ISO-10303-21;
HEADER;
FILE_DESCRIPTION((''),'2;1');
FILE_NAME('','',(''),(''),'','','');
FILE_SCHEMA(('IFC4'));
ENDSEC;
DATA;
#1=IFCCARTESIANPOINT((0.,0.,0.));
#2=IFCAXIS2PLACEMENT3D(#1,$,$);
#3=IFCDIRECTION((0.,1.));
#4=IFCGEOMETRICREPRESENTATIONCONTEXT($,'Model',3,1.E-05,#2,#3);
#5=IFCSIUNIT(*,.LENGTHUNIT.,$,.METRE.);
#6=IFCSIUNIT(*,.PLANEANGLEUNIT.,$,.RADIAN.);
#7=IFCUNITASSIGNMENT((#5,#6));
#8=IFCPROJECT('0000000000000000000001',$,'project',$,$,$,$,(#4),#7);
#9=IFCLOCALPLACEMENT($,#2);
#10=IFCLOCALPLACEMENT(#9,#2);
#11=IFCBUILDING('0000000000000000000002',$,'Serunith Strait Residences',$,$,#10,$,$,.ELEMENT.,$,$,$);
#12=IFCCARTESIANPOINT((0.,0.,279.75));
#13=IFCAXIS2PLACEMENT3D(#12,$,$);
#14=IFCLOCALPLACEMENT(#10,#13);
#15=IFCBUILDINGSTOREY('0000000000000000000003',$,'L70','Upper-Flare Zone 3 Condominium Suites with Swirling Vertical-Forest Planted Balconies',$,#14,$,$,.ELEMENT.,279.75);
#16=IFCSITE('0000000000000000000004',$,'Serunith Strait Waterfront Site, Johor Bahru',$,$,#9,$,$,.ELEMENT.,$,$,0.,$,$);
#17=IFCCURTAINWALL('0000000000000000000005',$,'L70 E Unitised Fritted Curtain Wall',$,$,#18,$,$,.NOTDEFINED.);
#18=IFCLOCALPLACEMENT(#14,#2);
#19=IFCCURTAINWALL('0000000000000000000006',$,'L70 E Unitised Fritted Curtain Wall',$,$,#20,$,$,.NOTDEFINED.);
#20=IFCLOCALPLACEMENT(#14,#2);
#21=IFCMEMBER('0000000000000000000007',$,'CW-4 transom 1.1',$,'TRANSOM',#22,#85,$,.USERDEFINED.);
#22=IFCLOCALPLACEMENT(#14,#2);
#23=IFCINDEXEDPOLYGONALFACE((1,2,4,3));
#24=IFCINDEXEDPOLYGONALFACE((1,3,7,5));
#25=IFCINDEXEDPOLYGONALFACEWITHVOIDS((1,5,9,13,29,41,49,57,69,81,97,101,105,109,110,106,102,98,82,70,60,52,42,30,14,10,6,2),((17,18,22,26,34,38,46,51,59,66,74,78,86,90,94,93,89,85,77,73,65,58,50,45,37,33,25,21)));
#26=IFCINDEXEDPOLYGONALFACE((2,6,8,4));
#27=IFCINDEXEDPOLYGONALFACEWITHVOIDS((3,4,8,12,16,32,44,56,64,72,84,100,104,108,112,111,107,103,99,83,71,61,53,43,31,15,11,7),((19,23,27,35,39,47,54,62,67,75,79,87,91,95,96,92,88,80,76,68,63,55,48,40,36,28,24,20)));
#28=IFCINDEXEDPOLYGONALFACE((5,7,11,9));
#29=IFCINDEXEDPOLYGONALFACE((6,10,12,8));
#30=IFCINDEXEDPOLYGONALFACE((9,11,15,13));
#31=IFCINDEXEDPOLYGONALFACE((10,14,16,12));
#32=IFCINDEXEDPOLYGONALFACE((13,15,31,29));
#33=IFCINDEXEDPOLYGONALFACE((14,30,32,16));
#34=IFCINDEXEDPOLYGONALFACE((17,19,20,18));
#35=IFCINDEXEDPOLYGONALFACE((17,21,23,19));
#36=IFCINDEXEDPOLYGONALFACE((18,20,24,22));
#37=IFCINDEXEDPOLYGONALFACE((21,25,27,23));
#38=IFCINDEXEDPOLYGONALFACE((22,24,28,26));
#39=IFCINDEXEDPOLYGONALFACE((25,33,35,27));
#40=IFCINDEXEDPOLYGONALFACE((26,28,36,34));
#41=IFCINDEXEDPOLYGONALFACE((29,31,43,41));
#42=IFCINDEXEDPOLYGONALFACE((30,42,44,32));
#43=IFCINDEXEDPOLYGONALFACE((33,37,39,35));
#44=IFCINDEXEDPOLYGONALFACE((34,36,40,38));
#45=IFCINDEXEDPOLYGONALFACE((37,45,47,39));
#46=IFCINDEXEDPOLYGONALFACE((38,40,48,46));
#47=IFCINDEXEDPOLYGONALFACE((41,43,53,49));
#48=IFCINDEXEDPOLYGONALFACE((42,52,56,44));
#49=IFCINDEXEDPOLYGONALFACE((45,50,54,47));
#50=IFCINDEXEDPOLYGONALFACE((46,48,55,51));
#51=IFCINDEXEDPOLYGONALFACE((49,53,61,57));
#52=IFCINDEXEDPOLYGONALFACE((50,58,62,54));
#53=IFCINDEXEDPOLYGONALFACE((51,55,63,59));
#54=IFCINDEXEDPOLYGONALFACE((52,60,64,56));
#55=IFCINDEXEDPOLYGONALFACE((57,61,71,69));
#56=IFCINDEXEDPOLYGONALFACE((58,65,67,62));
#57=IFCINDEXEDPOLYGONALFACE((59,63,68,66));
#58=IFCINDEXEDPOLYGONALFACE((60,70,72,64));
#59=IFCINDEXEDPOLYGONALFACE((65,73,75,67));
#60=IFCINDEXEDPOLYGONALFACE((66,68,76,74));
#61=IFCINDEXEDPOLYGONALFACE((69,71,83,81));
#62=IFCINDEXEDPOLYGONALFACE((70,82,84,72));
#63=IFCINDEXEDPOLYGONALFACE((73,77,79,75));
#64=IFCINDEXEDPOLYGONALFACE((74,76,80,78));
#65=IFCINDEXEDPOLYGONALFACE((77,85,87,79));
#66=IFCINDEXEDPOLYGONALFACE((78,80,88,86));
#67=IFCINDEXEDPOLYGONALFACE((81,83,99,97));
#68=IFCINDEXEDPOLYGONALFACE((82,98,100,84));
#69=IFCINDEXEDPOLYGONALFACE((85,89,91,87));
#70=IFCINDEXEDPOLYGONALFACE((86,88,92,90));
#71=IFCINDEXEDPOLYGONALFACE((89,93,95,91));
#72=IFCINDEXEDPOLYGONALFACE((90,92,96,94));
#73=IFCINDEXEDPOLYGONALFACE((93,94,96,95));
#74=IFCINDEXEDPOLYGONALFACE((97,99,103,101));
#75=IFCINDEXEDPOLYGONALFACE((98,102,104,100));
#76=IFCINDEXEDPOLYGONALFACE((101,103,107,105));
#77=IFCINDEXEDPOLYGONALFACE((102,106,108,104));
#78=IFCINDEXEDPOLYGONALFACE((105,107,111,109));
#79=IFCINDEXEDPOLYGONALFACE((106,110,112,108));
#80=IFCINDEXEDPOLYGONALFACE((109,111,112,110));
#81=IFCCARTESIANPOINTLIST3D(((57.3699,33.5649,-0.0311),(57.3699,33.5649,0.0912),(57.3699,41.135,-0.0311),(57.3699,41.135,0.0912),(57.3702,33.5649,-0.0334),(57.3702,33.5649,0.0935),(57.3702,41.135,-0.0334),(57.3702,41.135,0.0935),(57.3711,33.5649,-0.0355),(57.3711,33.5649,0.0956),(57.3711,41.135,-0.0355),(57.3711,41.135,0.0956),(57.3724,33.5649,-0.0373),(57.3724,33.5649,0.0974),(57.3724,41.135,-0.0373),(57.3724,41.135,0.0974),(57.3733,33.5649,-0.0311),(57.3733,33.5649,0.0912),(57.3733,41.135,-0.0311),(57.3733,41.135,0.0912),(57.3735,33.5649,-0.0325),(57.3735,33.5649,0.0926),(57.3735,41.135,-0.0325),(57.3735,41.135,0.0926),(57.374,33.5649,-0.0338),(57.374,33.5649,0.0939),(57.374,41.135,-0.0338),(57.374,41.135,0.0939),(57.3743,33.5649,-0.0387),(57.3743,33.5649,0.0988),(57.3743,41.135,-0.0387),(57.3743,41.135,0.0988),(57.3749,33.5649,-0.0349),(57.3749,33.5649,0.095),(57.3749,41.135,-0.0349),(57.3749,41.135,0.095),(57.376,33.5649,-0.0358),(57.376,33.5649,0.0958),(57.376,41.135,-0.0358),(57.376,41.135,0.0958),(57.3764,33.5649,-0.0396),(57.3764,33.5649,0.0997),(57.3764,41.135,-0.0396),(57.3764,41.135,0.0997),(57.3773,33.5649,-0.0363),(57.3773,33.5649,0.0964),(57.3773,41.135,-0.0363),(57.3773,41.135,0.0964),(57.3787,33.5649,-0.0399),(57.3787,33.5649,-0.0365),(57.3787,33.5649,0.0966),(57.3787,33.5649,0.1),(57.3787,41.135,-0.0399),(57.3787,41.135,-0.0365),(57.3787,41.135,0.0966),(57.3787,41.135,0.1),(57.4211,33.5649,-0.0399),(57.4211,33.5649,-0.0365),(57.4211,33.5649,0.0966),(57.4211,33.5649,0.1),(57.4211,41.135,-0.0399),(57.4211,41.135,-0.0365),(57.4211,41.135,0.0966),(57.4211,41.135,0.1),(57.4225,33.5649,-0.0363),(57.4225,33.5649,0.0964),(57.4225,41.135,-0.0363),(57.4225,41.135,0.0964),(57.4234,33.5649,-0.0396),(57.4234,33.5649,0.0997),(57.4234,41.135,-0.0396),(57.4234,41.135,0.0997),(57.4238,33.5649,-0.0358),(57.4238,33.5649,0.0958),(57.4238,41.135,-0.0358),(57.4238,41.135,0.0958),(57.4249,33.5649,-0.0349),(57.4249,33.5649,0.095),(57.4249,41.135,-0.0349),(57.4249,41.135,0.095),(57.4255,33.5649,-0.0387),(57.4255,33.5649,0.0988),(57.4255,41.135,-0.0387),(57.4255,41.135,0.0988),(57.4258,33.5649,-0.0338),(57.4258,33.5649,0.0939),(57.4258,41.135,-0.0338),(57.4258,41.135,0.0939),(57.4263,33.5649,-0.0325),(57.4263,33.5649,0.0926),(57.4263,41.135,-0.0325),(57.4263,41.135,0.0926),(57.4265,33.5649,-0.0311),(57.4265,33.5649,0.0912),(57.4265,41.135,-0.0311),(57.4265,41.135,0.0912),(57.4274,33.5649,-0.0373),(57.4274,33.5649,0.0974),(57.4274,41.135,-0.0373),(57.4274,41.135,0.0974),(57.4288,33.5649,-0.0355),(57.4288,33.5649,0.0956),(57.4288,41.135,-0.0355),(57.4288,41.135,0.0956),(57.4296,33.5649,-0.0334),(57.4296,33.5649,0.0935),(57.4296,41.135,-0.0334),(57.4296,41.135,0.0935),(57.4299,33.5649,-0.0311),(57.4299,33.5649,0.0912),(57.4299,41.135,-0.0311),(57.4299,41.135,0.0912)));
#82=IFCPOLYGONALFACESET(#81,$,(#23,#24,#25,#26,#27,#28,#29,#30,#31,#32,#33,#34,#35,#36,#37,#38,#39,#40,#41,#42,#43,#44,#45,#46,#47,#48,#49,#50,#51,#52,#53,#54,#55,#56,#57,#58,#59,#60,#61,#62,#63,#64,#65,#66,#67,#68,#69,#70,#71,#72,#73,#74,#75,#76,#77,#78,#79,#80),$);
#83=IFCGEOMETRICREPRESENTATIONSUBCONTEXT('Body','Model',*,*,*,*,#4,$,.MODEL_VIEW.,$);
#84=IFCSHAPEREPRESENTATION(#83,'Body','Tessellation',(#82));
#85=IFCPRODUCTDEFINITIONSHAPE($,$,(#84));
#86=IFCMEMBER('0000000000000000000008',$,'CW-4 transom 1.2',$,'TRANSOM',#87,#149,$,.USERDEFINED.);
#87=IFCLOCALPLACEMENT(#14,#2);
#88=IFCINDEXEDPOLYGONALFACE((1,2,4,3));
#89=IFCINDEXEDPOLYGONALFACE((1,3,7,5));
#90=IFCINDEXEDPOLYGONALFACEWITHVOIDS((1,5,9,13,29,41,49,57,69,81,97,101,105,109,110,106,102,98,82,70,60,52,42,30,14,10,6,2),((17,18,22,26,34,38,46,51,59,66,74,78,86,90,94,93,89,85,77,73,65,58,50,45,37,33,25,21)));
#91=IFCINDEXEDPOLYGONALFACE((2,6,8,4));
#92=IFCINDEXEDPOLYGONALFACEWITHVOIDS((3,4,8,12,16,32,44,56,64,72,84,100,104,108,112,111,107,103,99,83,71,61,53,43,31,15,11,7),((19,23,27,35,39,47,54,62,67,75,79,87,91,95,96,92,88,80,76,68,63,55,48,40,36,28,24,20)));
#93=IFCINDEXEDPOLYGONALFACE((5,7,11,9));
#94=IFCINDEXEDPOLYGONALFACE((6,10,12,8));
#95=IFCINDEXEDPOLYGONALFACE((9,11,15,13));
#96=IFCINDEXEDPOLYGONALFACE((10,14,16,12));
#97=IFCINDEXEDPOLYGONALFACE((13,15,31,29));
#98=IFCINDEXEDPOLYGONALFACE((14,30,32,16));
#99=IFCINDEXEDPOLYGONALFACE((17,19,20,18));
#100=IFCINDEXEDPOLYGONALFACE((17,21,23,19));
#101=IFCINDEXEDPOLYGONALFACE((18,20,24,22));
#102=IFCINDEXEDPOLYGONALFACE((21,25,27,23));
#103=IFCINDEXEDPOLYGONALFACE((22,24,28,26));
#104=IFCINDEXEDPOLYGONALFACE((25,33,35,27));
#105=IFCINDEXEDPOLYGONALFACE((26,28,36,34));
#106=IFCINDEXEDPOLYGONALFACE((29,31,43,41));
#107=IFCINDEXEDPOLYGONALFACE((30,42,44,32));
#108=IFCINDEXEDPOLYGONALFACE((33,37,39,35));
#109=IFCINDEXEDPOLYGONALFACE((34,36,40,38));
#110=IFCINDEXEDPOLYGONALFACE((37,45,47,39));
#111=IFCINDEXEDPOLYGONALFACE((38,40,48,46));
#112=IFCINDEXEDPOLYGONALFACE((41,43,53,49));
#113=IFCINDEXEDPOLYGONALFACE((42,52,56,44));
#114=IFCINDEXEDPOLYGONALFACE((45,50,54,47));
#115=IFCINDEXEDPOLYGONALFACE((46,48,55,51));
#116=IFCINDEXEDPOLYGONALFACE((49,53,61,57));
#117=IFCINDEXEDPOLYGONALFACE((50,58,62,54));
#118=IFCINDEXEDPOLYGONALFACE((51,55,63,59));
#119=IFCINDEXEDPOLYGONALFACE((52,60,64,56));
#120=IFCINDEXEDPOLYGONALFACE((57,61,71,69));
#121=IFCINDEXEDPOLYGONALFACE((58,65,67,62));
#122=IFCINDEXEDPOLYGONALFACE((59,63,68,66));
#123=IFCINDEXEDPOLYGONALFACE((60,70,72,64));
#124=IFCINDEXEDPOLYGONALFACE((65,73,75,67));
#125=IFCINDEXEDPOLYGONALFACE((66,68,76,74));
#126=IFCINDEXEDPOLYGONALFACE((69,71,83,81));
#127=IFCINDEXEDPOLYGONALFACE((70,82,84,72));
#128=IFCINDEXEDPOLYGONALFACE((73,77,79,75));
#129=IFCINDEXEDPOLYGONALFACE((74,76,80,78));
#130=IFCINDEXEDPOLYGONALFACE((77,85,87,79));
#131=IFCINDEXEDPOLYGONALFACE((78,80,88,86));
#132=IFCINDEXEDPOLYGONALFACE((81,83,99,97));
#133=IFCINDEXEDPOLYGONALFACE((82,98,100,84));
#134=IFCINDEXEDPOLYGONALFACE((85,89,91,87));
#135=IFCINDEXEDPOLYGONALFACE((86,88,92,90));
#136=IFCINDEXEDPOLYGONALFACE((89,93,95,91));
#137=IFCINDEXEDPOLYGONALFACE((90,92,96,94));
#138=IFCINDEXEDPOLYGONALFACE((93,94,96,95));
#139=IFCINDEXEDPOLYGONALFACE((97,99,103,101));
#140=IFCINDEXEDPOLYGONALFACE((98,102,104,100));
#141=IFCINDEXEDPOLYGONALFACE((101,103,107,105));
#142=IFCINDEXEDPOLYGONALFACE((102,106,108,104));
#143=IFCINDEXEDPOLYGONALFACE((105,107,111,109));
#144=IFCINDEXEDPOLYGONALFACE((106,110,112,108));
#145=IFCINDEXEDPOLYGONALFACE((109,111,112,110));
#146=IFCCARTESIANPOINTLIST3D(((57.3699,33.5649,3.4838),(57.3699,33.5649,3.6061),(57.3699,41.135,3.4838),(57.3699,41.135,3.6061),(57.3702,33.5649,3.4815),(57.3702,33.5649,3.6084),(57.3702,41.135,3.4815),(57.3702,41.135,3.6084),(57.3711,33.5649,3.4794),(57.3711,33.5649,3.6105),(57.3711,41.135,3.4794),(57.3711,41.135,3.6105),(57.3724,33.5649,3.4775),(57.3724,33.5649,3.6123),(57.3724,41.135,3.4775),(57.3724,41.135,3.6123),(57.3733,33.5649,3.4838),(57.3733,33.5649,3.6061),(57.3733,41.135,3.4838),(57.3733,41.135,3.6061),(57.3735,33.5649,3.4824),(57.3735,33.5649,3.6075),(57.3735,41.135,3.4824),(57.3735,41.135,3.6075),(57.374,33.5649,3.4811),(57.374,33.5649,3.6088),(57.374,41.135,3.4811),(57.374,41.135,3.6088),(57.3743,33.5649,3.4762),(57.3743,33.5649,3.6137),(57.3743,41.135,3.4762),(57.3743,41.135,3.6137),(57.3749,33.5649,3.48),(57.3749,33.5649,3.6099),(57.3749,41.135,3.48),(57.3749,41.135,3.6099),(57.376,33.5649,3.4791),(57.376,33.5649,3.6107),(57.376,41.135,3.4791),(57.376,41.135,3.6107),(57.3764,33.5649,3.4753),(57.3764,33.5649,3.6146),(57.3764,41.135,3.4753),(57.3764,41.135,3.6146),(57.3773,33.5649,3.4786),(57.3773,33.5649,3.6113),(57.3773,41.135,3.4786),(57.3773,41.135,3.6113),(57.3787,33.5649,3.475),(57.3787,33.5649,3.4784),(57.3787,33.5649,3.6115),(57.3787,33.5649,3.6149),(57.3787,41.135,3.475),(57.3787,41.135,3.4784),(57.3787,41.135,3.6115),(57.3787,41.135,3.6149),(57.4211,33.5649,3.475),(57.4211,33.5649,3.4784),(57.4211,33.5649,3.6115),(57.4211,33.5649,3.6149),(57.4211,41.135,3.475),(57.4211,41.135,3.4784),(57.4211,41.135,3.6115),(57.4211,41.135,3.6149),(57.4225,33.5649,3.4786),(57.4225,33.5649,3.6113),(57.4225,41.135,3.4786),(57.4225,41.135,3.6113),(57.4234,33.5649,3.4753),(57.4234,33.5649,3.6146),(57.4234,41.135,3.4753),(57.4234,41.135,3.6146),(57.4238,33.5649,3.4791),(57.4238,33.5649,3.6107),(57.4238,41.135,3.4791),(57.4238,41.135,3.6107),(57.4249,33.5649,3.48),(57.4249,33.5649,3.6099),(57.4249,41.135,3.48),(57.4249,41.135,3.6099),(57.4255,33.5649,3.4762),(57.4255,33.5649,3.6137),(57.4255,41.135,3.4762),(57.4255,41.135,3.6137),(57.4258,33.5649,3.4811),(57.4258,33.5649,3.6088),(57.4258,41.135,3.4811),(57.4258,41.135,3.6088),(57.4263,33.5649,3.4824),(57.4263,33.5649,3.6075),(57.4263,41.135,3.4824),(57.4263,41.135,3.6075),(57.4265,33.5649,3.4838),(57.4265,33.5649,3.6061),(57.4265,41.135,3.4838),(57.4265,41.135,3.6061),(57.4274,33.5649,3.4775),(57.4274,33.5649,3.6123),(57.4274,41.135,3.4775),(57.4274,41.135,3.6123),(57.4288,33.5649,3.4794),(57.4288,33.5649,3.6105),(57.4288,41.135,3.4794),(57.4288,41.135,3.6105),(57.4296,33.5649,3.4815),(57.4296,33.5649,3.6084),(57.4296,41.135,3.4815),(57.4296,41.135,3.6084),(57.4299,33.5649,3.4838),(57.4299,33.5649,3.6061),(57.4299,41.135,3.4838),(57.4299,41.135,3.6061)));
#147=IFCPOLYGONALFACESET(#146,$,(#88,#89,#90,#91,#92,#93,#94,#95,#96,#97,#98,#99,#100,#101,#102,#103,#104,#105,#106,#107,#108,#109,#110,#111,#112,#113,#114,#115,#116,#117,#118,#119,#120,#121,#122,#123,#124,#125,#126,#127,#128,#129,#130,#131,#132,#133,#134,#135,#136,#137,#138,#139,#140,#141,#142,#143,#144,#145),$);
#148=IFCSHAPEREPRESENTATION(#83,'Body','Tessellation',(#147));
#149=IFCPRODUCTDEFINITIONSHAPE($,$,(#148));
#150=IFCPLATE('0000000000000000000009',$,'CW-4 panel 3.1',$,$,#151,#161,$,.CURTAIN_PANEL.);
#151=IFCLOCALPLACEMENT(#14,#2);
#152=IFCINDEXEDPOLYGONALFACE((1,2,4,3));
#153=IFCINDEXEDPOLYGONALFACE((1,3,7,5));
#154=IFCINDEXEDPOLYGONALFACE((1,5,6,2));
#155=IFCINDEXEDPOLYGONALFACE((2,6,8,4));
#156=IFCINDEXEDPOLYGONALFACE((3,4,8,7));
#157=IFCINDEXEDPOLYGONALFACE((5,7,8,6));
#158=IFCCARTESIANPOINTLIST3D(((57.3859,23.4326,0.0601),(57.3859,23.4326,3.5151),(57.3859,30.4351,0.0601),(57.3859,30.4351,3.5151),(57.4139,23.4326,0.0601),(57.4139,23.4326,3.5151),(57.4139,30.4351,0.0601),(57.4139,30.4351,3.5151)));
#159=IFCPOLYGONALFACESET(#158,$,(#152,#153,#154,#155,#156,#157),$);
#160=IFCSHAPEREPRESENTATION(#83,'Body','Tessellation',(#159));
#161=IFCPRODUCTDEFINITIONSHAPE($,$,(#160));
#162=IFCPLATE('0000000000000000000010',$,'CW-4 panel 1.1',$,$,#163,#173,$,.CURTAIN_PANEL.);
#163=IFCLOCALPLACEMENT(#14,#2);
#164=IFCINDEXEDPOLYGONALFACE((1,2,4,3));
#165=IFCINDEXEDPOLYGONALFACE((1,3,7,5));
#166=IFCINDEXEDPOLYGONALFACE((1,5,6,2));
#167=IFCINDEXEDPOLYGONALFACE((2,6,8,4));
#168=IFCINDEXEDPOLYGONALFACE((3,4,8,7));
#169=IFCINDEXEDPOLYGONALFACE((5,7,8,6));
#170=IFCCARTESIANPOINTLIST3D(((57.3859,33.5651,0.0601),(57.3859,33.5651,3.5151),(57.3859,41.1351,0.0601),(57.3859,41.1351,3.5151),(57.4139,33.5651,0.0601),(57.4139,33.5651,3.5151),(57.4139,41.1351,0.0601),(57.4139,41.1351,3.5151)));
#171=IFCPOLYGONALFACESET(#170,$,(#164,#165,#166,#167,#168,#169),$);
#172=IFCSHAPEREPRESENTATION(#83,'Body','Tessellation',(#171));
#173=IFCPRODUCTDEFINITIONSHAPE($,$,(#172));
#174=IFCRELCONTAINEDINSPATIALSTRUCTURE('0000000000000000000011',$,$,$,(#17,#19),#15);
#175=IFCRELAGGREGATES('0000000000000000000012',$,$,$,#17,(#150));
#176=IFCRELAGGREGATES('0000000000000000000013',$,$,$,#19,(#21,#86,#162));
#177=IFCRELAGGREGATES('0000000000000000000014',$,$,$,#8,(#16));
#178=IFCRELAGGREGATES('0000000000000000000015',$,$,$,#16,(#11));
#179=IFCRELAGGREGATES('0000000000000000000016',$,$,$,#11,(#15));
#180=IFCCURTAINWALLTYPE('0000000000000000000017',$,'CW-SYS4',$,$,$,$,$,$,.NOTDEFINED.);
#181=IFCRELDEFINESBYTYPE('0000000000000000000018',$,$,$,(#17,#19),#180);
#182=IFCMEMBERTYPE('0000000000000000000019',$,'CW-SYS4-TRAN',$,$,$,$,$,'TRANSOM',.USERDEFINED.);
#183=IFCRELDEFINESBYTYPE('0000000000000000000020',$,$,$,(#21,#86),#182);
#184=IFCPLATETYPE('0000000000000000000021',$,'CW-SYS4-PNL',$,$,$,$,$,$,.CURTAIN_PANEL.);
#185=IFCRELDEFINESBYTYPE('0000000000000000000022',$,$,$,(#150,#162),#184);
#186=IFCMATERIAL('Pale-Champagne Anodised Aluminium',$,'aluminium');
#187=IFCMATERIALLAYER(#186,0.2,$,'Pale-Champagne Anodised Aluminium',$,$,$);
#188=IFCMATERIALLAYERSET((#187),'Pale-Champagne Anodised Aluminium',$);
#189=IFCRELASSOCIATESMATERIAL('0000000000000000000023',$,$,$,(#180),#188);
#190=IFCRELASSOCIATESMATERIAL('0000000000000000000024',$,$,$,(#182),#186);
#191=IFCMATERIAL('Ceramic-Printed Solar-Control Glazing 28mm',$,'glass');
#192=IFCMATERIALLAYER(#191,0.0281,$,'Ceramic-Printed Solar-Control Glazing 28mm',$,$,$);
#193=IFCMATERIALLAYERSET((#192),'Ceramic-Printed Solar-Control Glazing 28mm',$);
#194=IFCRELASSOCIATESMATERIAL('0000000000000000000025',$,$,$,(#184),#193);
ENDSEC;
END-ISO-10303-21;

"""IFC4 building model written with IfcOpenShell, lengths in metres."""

from ifc_helpers import new_model, si_unit, direction, frame, origin, origin_2d, place, context, subcontext, project, spatial, rectangle, hollow_rectangle, extrude, source, transform, mapped, material, layer, layer_set, material_profile, profile_set, type_object, element, aggregate, save


model = new_model("IFC4")

# Units and contexts
model_context = context("Model", 3, precision=1e-05, world=origin(), true_north=direction((0.0, 1.0)))
body_context = subcontext(model_context, "Body", "Model", "MODEL_VIEW")
ifc_project = project(units=[si_unit("LENGTHUNIT", "METRE"), si_unit("PLANEANGLEUNIT", "RADIAN")], contexts=[model_context])

# Site, building, storey
site_placement = place(None, origin())
site = spatial("IfcSite", under=ifc_project, at=site_placement, Name="Serunith Strait Waterfront Site, Johor Bahru", CompositionType="ELEMENT", RefElevation=0.0)
building_placement = place(site_placement, origin())
building = spatial("IfcBuilding", under=site, at=building_placement, Name="Serunith Strait Residences", CompositionType="ELEMENT")
storey_placement = place(building_placement, frame((0.0, 0.0, 279.75)))
storey = spatial("IfcBuildingStorey", under=building, at=storey_placement, Name="L70", Description="Upper-Flare Zone 3 Condominium Suites with Swirling Vertical-Forest Planted Balconies", CompositionType="ELEMENT", Elevation=279.75)

# Curtain wall
ifc_material_1 = material(Name="Pale-Champagne Anodised Aluminium", Category="aluminium")
ifc_layer_1 = layer(ifc_material_1, 0.2, Name="Pale-Champagne Anodised Aluminium")
ifc_layer_set_1 = layer_set([ifc_layer_1], Name="Pale-Champagne Anodised Aluminium")
curtain_wall_type = type_object("IfcCurtainWallType", Name="CW-SYS4", PredefinedType="NOTDEFINED", material=ifc_layer_set_1)
curtain_wall_1_placement = place(storey_placement, origin())
curtain_wall_1 = element("IfcCurtainWall", 1, at=curtain_wall_1_placement, inside=storey, type_object=curtain_wall_type, Name="L70 E Unitised Fritted Curtain Wall", PredefinedType="NOTDEFINED")

# Curtain wall, members
curtain_wall_2_placement = place(storey_placement, origin())
curtain_wall_2 = element("IfcCurtainWall", 2, at=curtain_wall_2_placement, inside=storey, type_object=curtain_wall_type, Name="L70 E Unitised Fritted Curtain Wall", PredefinedType="NOTDEFINED")
ifc_material_profile_1 = material_profile(ifc_material_1, hollow_rectangle(XDim=0.0601, YDim=0.1399, WallThickness=0.0034, InnerFilletRadius=0.0054, OuterFilletRadius=0.0088, at=origin_2d()), Name="ALU 140x60x3.5")
ifc_profile_set_1 = profile_set([ifc_material_profile_1], Name="Pale-Champagne Anodised Aluminium")
member_type_1 = type_object("IfcMemberType", Name="CW-SYS4-TRAN", ElementType="TRANSOM", PredefinedType="USERDEFINED", material=ifc_profile_set_1)
shared_shape_1 = source(origin(), body_context, "Body", "SweptSolid", [
    extrude(hollow_rectangle(XDim=0.0601, YDim=0.1399, WallThickness=0.0034, InnerFilletRadius=0.0054, OuterFilletRadius=0.0088, at=origin_2d()), origin(), (0.0, 0.0, 1.0), 7.5701),
])
member_1_placement = place(storey_placement, frame((57.3999, 33.5649, 0.03), z_axis=(0.0, 1.0, 0.0), x_axis=(-1.0, 0.0, 0.0)))
member_1 = element("IfcMember", 3, at=member_1_placement, type_object=member_type_1, Name="CW-4 transom 1.1", ObjectType="TRANSOM", PredefinedType="USERDEFINED", context=body_context, shape_type="MappedRepresentation", body=[
    mapped(shared_shape_1, transform((0.0, 0.0, 0.0), scale=1.0)),
])
member_2_placement = place(storey_placement, frame((57.3999, 33.5649, 3.5449), z_axis=(0.0, 1.0, 0.0), x_axis=(-1.0, 0.0, 0.0)))
member_2 = element("IfcMember", 4, at=member_2_placement, type_object=member_type_1, Name="CW-4 transom 1.2", ObjectType="TRANSOM", PredefinedType="USERDEFINED", context=body_context, shape_type="MappedRepresentation", body=[
    mapped(shared_shape_1, transform((0.0, 0.0, 0.0), scale=1.0)),
])

# Plates
ifc_material_2 = material(Name="Ceramic-Printed Solar-Control Glazing 28mm", Category="glass")
ifc_layer_2 = layer(ifc_material_2, 0.0281, Name="Ceramic-Printed Solar-Control Glazing 28mm")
ifc_layer_set_2 = layer_set([ifc_layer_2], Name="Ceramic-Printed Solar-Control Glazing 28mm")
plate_type = type_object("IfcPlateType", Name="CW-SYS4-PNL", PredefinedType="CURTAIN_PANEL", material=ifc_layer_set_2)
shared_shape_2 = source(origin(), body_context, "Body", "SweptSolid", [
    extrude(rectangle(XDim=7.0024, YDim=0.0281, at=origin_2d()), origin(), (0.0, 0.0, 1.0), 3.4551),
])
plate_1_placement = place(storey_placement, frame((57.3999, 26.9338, 0.0601), z_axis=(0.0, 0.0, 1.0), x_axis=(0.0, 1.0, 0.0)))
plate_1 = element("IfcPlate", 5, at=plate_1_placement, type_object=plate_type, Name="CW-4 panel 3.1", PredefinedType="CURTAIN_PANEL", context=body_context, shape_type="MappedRepresentation", body=[
    mapped(shared_shape_2, transform((0.0, 0.0, 0.0), scale=1.0)),
])
aggregate(curtain_wall_1, [plate_1])
shared_shape_3 = source(origin(), body_context, "Body", "SweptSolid", [
    extrude(rectangle(XDim=7.5701, YDim=0.0281, at=origin_2d()), origin(), (0.0, 0.0, 1.0), 3.4551),
])
plate_2_placement = place(storey_placement, frame((57.3999, 37.3501, 0.0601), z_axis=(0.0, 0.0, 1.0), x_axis=(0.0, 1.0, 0.0)))
plate_2 = element("IfcPlate", 6, at=plate_2_placement, type_object=plate_type, Name="CW-4 panel 1.1", PredefinedType="CURTAIN_PANEL", context=body_context, shape_type="MappedRepresentation", body=[
    mapped(shared_shape_3, transform((0.0, 0.0, 0.0), scale=1.0)),
])
aggregate(curtain_wall_2, [member_1, member_2, plate_2])

save(model, "model.ifc")
